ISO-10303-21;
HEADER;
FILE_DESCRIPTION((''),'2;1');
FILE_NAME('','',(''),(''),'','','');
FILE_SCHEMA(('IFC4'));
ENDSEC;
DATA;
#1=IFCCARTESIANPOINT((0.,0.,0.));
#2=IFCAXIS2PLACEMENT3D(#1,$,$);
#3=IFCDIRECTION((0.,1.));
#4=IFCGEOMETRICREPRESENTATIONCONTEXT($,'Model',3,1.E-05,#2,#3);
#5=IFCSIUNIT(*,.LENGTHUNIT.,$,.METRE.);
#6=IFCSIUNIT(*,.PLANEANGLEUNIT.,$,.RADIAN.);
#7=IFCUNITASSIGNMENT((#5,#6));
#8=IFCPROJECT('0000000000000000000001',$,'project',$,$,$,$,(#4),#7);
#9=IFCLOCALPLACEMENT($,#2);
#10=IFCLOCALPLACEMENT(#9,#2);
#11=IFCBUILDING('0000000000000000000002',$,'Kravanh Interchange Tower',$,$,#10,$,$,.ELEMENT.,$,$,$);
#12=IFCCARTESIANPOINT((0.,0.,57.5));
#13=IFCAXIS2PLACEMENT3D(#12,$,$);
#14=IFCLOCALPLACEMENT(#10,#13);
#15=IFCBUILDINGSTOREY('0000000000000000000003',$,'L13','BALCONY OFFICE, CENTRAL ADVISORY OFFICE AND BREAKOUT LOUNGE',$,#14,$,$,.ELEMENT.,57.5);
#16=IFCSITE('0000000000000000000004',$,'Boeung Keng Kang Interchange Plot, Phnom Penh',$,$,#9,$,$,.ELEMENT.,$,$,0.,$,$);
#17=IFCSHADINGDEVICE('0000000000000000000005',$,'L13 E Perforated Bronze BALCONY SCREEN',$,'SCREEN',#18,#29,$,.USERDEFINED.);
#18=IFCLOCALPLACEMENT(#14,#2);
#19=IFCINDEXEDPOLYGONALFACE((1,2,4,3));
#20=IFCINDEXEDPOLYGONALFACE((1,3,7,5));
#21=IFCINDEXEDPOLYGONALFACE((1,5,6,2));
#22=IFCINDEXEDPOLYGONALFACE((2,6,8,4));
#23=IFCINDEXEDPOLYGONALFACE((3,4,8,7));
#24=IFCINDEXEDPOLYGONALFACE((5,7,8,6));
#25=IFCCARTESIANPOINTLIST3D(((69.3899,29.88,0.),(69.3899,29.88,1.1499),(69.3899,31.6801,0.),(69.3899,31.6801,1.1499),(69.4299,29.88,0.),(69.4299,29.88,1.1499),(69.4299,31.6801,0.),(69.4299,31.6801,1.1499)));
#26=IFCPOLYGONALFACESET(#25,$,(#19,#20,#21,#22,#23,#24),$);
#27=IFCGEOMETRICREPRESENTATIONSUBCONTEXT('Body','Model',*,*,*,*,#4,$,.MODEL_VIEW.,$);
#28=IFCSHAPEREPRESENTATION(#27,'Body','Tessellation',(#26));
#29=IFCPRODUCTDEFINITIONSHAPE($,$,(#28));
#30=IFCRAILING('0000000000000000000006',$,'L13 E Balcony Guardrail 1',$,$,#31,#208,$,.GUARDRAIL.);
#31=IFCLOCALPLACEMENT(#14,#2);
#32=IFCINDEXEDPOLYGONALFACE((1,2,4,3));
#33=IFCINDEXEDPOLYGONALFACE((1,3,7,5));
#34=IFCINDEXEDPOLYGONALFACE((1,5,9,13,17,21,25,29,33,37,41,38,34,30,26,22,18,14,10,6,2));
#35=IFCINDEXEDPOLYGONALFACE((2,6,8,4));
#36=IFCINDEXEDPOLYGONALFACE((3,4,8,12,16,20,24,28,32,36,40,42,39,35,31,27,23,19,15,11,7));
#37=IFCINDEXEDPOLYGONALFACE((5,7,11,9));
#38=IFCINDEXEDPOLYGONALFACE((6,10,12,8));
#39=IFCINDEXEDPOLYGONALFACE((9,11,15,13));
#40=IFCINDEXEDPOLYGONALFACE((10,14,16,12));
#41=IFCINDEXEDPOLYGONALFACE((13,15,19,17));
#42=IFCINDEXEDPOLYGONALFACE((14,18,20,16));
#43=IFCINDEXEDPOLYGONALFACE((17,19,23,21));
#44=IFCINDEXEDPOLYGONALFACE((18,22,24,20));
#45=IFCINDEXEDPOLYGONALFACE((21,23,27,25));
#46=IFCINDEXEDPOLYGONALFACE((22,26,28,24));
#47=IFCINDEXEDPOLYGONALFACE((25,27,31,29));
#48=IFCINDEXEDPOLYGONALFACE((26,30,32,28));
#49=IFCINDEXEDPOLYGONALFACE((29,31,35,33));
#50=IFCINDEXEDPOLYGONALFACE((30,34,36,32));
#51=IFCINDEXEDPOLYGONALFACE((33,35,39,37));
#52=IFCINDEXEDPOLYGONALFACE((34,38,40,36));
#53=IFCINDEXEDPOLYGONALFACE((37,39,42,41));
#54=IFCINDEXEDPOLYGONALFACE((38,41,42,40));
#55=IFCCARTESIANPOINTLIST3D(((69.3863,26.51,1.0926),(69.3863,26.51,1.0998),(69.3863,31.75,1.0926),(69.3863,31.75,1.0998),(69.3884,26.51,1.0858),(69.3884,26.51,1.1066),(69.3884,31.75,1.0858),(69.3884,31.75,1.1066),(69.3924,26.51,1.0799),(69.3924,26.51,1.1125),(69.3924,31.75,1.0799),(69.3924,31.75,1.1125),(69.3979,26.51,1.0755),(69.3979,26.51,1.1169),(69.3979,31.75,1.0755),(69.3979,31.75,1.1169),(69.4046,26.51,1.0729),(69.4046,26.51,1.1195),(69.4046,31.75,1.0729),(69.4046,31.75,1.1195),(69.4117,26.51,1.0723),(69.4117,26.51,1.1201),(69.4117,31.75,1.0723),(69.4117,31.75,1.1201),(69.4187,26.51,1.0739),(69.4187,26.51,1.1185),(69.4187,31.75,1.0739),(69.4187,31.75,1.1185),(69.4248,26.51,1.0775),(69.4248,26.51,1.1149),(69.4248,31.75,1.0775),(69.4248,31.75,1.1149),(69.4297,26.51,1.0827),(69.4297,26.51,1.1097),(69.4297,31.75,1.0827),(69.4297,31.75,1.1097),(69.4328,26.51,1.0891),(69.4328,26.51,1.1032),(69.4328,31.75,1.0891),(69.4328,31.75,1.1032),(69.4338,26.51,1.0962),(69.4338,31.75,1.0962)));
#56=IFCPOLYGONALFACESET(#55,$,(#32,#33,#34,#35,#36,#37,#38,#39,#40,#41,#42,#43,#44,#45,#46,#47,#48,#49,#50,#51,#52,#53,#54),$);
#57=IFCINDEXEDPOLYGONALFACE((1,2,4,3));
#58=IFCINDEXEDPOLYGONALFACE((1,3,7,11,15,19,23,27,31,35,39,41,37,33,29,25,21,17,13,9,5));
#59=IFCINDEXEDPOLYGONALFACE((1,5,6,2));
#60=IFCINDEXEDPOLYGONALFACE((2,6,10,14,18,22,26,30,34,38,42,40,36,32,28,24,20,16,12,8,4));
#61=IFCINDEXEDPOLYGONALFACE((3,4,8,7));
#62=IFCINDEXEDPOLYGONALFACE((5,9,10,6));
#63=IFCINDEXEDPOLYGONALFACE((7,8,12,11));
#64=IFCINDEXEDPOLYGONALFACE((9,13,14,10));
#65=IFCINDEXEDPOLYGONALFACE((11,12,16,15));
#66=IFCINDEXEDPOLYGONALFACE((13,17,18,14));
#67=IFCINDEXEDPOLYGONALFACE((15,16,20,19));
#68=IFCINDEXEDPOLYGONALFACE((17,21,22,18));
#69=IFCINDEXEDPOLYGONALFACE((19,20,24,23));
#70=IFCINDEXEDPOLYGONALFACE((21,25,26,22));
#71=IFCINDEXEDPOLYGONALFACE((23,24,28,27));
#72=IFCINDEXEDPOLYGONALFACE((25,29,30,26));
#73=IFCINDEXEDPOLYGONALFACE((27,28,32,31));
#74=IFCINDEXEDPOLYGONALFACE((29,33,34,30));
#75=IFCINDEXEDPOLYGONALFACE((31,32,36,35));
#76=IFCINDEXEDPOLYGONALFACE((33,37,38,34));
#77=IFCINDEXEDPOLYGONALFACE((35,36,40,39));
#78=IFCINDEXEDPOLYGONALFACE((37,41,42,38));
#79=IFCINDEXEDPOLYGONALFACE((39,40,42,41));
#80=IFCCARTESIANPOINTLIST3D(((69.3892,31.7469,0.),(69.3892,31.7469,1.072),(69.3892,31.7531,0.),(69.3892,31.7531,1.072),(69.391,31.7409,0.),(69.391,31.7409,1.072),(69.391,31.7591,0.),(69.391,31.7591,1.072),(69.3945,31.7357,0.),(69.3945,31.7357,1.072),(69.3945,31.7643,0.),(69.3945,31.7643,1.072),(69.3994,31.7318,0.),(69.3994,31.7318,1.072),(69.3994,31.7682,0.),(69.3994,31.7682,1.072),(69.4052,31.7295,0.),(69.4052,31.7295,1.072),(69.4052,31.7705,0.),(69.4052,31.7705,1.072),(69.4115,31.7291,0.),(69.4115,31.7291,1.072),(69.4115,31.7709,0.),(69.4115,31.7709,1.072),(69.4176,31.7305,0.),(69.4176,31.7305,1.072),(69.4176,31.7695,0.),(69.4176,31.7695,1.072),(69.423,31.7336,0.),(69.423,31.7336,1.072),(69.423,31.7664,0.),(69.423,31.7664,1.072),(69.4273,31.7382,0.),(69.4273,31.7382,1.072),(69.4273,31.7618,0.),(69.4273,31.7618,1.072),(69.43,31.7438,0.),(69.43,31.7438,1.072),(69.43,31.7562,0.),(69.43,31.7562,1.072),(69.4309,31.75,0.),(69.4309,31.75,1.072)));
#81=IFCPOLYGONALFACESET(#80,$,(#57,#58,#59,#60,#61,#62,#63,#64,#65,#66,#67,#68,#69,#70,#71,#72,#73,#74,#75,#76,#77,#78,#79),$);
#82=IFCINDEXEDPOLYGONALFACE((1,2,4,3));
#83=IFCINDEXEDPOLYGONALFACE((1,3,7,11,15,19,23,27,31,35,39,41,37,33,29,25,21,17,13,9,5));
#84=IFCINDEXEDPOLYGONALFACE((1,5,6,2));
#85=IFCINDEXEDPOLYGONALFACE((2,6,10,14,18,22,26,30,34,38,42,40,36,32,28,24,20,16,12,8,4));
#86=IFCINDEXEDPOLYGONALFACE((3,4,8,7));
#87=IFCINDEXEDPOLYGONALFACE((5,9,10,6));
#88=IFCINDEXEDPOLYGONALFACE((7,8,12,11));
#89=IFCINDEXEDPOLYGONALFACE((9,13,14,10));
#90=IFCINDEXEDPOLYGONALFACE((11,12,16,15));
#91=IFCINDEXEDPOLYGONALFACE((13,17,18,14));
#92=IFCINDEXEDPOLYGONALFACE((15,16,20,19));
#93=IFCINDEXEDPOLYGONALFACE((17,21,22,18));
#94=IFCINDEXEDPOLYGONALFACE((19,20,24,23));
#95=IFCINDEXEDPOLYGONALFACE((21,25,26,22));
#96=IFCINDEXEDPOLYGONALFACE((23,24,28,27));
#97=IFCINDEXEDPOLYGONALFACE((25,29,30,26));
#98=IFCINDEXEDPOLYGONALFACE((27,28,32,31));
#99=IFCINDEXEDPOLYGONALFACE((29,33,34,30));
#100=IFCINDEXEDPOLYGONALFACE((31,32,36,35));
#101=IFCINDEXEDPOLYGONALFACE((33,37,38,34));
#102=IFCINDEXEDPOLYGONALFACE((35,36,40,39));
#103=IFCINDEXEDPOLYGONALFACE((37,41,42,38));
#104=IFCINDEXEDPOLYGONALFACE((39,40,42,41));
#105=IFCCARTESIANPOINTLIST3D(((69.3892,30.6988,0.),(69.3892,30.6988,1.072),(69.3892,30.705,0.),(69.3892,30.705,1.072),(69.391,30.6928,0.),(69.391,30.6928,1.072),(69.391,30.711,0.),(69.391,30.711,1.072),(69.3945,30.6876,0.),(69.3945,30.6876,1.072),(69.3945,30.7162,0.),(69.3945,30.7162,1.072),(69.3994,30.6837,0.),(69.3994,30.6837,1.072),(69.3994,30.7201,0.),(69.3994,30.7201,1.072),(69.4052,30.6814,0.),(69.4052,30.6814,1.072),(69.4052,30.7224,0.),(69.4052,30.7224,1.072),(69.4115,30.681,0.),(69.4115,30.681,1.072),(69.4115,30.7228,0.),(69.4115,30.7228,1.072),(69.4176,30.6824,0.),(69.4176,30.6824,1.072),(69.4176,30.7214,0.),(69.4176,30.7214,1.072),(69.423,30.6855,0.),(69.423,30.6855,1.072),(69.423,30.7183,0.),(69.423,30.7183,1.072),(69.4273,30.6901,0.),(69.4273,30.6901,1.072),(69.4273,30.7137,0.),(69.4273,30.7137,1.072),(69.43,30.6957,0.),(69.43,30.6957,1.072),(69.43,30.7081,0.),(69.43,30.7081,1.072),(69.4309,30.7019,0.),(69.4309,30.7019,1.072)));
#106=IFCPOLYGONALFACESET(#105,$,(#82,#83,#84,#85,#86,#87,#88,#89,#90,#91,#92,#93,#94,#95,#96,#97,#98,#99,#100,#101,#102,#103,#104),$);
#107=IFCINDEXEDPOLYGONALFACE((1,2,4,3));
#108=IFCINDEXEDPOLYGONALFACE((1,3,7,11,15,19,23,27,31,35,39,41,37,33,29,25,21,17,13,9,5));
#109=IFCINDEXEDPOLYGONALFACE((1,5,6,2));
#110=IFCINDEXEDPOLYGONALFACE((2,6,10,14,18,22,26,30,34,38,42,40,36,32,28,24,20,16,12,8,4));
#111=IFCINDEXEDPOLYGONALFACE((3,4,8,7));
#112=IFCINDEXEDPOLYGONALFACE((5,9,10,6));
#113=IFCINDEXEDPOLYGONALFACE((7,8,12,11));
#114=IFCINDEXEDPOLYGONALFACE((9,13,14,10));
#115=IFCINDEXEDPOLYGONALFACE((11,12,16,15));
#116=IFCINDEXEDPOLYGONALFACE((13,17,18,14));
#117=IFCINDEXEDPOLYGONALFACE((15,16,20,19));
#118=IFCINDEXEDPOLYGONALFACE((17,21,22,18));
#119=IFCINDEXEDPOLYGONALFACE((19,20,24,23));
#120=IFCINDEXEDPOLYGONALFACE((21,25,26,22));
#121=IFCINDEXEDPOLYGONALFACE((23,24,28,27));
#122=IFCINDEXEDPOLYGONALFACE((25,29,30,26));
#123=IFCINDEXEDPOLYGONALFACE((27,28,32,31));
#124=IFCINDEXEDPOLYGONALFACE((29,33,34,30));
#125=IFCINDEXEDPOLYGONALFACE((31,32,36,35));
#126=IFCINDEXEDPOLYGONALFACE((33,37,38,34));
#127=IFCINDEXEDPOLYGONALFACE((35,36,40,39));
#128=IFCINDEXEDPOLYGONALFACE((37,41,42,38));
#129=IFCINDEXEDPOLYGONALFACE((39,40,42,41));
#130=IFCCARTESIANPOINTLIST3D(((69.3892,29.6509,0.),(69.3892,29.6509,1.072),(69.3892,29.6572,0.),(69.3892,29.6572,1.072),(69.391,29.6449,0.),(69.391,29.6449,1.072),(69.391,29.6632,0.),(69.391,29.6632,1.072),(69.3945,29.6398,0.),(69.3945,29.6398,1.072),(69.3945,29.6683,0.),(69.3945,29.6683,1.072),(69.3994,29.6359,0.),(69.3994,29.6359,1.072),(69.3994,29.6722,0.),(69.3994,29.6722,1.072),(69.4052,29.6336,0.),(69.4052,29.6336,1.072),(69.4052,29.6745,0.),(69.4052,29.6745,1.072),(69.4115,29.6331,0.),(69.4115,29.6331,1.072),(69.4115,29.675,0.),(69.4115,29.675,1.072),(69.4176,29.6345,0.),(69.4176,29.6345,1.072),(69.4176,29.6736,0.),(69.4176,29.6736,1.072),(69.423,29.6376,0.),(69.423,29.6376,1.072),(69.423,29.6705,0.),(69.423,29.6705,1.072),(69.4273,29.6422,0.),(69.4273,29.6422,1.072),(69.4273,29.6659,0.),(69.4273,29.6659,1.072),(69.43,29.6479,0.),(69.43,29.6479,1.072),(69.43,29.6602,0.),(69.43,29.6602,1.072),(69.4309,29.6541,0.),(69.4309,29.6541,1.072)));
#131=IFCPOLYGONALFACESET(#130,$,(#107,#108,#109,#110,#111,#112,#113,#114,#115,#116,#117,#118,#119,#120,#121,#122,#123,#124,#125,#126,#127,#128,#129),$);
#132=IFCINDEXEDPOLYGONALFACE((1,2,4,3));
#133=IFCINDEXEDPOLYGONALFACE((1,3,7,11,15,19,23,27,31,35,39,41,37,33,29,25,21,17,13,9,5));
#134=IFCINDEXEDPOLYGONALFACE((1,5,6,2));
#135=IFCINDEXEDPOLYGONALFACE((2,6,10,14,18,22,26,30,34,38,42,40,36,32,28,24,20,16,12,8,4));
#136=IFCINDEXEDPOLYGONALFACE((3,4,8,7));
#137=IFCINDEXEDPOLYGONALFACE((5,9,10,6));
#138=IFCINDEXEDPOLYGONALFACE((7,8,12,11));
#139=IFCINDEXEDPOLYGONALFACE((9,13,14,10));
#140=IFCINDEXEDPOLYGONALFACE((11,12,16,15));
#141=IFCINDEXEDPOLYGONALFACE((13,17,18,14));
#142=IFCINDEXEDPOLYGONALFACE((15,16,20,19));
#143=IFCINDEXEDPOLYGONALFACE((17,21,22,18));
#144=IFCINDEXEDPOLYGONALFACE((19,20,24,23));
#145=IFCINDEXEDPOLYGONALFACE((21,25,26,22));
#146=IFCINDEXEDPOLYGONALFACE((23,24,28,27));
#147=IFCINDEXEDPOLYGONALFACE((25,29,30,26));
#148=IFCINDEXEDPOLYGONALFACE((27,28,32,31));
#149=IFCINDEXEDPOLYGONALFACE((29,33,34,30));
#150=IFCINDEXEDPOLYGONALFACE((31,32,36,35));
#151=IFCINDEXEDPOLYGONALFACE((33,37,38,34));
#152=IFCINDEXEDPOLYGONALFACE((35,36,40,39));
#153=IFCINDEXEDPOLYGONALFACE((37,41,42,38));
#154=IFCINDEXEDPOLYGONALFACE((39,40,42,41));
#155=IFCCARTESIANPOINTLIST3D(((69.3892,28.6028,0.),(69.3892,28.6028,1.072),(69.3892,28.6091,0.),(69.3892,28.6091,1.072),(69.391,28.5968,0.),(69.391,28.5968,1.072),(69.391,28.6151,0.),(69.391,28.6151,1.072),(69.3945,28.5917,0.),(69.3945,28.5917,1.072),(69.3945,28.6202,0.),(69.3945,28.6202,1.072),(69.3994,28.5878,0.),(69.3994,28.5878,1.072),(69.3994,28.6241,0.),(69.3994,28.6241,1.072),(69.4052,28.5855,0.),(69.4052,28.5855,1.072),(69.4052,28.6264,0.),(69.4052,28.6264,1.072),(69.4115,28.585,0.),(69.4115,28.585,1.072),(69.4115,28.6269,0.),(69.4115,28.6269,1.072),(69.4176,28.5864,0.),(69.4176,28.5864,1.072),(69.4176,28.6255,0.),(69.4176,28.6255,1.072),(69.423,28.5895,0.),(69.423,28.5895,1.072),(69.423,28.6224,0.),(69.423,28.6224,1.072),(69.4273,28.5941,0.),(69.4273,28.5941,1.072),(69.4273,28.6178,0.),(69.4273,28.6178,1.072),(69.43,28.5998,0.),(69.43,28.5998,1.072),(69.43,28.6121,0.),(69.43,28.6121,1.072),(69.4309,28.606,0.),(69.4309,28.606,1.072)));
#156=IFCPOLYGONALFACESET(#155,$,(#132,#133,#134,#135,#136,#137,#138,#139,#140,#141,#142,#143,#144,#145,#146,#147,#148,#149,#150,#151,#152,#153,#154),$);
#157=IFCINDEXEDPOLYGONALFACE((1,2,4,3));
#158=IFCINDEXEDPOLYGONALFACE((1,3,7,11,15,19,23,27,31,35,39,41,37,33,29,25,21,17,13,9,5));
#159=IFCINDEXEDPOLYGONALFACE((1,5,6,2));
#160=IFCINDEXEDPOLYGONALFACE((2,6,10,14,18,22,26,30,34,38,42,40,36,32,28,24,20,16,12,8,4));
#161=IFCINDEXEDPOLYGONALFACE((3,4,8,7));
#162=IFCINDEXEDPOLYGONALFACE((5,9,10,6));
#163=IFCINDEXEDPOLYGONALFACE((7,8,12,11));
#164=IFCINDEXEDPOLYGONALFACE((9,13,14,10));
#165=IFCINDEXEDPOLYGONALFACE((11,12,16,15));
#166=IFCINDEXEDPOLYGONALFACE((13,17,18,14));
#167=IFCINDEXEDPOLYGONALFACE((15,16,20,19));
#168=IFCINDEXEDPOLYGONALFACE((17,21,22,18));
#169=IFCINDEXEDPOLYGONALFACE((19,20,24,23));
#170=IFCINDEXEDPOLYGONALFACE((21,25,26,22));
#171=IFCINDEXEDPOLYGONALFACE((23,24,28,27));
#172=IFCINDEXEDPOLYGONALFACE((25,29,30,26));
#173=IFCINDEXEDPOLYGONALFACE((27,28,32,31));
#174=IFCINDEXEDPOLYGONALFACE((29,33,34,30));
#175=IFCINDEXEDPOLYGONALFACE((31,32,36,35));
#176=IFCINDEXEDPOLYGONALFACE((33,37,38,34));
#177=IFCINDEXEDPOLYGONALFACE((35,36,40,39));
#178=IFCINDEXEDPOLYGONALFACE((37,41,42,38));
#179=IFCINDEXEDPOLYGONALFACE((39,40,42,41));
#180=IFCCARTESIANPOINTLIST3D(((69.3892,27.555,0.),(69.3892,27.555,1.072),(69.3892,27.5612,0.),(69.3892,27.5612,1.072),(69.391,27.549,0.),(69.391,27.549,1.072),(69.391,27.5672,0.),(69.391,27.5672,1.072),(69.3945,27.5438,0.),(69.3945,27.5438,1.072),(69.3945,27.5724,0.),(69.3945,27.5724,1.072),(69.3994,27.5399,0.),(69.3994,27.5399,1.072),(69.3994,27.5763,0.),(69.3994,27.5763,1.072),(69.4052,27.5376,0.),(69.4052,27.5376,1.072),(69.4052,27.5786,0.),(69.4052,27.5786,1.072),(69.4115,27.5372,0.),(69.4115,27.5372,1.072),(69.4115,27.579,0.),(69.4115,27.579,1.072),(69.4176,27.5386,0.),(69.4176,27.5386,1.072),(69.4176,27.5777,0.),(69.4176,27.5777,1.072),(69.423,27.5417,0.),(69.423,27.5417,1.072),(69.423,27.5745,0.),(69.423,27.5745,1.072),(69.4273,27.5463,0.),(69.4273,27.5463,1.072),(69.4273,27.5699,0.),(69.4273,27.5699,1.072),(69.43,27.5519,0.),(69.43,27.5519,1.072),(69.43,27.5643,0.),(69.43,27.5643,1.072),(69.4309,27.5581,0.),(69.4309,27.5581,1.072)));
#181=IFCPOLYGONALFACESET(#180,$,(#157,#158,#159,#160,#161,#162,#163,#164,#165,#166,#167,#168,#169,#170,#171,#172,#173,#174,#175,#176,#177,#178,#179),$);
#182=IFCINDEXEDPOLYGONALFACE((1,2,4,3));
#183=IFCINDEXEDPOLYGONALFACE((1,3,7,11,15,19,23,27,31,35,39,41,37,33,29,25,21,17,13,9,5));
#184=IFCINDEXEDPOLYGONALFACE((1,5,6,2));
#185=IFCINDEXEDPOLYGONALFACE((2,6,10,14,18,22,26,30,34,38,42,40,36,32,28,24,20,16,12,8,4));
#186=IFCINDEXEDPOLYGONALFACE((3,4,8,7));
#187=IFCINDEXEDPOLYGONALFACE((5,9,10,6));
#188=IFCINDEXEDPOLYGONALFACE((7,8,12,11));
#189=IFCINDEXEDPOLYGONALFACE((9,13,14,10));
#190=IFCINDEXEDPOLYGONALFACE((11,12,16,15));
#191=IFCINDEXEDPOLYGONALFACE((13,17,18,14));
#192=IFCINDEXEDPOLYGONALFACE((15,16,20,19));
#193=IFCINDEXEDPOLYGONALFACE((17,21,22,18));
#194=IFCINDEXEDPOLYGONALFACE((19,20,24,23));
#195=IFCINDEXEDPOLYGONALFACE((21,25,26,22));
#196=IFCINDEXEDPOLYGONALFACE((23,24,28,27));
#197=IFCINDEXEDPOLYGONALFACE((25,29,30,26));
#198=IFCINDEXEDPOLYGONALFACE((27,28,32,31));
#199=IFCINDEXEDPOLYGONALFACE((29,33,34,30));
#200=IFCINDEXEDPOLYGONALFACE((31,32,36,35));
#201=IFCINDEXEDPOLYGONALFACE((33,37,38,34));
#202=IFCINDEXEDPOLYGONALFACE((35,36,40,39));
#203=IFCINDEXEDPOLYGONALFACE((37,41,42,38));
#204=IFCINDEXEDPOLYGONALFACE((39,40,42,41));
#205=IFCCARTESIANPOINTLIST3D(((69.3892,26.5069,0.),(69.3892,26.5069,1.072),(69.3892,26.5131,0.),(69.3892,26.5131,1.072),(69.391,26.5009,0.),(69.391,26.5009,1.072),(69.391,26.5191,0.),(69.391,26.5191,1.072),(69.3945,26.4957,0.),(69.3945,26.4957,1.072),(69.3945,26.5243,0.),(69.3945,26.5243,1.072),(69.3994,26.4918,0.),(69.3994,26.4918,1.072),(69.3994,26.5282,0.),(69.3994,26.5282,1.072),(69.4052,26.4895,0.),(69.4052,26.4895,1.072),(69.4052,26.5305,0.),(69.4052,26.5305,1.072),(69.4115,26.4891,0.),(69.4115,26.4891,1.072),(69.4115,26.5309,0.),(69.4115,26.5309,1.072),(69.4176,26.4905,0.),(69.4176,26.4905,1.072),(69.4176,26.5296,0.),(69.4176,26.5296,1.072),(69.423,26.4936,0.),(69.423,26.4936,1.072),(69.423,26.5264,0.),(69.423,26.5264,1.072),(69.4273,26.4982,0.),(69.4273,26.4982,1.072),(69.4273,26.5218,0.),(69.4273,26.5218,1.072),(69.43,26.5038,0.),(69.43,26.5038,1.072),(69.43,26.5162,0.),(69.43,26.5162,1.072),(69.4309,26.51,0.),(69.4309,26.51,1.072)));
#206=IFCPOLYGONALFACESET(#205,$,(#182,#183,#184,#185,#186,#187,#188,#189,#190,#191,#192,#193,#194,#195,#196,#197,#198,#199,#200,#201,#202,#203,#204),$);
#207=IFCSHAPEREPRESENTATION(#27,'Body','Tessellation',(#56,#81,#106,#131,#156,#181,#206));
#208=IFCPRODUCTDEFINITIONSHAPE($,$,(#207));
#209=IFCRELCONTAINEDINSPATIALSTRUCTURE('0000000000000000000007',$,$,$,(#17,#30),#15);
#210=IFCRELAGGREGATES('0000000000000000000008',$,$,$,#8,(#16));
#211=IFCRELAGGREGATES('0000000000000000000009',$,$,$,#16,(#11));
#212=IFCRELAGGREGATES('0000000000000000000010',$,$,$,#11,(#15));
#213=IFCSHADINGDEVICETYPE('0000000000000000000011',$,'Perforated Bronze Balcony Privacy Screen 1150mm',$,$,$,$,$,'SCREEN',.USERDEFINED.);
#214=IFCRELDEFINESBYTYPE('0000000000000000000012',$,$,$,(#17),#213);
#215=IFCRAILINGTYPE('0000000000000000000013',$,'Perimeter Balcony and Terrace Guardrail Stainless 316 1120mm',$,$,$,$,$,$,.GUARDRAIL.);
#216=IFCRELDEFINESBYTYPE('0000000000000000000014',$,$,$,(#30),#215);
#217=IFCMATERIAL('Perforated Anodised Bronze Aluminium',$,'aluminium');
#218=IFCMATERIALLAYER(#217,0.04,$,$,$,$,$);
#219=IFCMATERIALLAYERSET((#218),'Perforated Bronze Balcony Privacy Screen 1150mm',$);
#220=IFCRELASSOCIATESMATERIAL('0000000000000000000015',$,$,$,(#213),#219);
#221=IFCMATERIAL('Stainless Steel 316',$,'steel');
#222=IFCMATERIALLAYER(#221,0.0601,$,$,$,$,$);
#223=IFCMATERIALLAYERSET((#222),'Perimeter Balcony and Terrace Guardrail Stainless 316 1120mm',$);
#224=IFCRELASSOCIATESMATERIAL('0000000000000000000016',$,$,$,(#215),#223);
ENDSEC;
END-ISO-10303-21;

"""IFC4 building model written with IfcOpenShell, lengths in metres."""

from ifc_helpers import new_model, si_unit, direction, frame, origin, origin_2d, place, context, subcontext, project, spatial, rectangle, circle, extrude, material, layer, layer_set, type_object, element, save


model = new_model("IFC4")

# Units and contexts
model_context = context("Model", 3, precision=1e-05, world=origin(), true_north=direction((0.0, 1.0)))
body_context = subcontext(model_context, "Body", "Model", "MODEL_VIEW")
ifc_project = project(units=[si_unit("LENGTHUNIT", "METRE"), si_unit("PLANEANGLEUNIT", "RADIAN")], contexts=[model_context])

# Site, building, storey
site_placement = place(None, origin())
site = spatial("IfcSite", under=ifc_project, at=site_placement, Name="Boeung Keng Kang Interchange Plot, Phnom Penh", CompositionType="ELEMENT", RefElevation=0.0)
building_placement = place(site_placement, origin())
building = spatial("IfcBuilding", under=site, at=building_placement, Name="Kravanh Interchange Tower", CompositionType="ELEMENT")
storey_placement = place(building_placement, frame((0.0, 0.0, 57.5)))
storey = spatial("IfcBuildingStorey", under=building, at=storey_placement, Name="L13", Description="BALCONY OFFICE, CENTRAL ADVISORY OFFICE AND BREAKOUT LOUNGE", CompositionType="ELEMENT", Elevation=57.5)

# Shading device
ifc_material_1 = material(Name="Perforated Anodised Bronze Aluminium", Category="aluminium")
ifc_layer_1 = layer(ifc_material_1, 0.04)
ifc_layer_set_1 = layer_set([ifc_layer_1], Name="Perforated Bronze Balcony Privacy Screen 1150mm")
shading_device_type = type_object("IfcShadingDeviceType", Name="Perforated Bronze Balcony Privacy Screen 1150mm", ElementType="SCREEN", PredefinedType="USERDEFINED", material=ifc_layer_set_1)
shading_device_placement = place(storey_placement, frame((69.4099, 30.78, 0.0), z_axis=(0.0, 0.0, 1.0), x_axis=(1.0, 0.0, 0.0)))
element("IfcShadingDevice", 1, at=shading_device_placement, inside=storey, type_object=shading_device_type, Name="L13 E Perforated Bronze BALCONY SCREEN", ObjectType="SCREEN", PredefinedType="USERDEFINED", context=body_context, shape_type="SweptSolid", body=[
    extrude(rectangle(XDim=0.04, YDim=1.8, at=origin_2d()), origin(), (0.0, 0.0, 1.0), 1.1499),
])

# Railing
ifc_material_2 = material(Name="Stainless Steel 316", Category="steel")
ifc_layer_2 = layer(ifc_material_2, 0.0601)
ifc_layer_set_2 = layer_set([ifc_layer_2], Name="Perimeter Balcony and Terrace Guardrail Stainless 316 1120mm")
railing_type = type_object("IfcRailingType", Name="Perimeter Balcony and Terrace Guardrail Stainless 316 1120mm", PredefinedType="GUARDRAIL", material=ifc_layer_set_2)
railing_1_placement = place(storey_placement, frame((69.4099, 31.75, 0.0)))
element("IfcRailing", 2, at=railing_1_placement, inside=storey, type_object=railing_type, Name="L13 E Balcony Guardrail 1", PredefinedType="GUARDRAIL", context=body_context, shape_type="SweptSolid", body=[
    extrude(circle(Radius=0.0239, at=origin_2d()), frame((0.0, 0.0, 1.0962), z_axis=(0.0, -1.0, 0.0), x_axis=(1.0, 0.0, 0.0)), (0.0, 0.0, 1.0), 5.24),
    extrude(circle(Radius=0.021, at=origin_2d()), origin(), (0.0, 0.0, 1.0), 1.072),
    extrude(circle(Radius=0.021, at=origin_2d()), frame((0.0, -1.0481, 0.0)), (0.0, 0.0, 1.0), 1.072),
    extrude(circle(Radius=0.021, at=origin_2d()), frame((0.0, -2.0959, 0.0)), (0.0, 0.0, 1.0), 1.072),
    extrude(circle(Radius=0.021, at=origin_2d()), frame((0.0, -3.144, 0.0)), (0.0, 0.0, 1.0), 1.072),
    extrude(circle(Radius=0.021, at=origin_2d()), frame((0.0, -4.1919, 0.0)), (0.0, 0.0, 1.0), 1.072),
    extrude(circle(Radius=0.021, at=origin_2d()), frame((0.0, -5.24, 0.0)), (0.0, 0.0, 1.0), 1.072),
])

save(model, "model.ifc")
